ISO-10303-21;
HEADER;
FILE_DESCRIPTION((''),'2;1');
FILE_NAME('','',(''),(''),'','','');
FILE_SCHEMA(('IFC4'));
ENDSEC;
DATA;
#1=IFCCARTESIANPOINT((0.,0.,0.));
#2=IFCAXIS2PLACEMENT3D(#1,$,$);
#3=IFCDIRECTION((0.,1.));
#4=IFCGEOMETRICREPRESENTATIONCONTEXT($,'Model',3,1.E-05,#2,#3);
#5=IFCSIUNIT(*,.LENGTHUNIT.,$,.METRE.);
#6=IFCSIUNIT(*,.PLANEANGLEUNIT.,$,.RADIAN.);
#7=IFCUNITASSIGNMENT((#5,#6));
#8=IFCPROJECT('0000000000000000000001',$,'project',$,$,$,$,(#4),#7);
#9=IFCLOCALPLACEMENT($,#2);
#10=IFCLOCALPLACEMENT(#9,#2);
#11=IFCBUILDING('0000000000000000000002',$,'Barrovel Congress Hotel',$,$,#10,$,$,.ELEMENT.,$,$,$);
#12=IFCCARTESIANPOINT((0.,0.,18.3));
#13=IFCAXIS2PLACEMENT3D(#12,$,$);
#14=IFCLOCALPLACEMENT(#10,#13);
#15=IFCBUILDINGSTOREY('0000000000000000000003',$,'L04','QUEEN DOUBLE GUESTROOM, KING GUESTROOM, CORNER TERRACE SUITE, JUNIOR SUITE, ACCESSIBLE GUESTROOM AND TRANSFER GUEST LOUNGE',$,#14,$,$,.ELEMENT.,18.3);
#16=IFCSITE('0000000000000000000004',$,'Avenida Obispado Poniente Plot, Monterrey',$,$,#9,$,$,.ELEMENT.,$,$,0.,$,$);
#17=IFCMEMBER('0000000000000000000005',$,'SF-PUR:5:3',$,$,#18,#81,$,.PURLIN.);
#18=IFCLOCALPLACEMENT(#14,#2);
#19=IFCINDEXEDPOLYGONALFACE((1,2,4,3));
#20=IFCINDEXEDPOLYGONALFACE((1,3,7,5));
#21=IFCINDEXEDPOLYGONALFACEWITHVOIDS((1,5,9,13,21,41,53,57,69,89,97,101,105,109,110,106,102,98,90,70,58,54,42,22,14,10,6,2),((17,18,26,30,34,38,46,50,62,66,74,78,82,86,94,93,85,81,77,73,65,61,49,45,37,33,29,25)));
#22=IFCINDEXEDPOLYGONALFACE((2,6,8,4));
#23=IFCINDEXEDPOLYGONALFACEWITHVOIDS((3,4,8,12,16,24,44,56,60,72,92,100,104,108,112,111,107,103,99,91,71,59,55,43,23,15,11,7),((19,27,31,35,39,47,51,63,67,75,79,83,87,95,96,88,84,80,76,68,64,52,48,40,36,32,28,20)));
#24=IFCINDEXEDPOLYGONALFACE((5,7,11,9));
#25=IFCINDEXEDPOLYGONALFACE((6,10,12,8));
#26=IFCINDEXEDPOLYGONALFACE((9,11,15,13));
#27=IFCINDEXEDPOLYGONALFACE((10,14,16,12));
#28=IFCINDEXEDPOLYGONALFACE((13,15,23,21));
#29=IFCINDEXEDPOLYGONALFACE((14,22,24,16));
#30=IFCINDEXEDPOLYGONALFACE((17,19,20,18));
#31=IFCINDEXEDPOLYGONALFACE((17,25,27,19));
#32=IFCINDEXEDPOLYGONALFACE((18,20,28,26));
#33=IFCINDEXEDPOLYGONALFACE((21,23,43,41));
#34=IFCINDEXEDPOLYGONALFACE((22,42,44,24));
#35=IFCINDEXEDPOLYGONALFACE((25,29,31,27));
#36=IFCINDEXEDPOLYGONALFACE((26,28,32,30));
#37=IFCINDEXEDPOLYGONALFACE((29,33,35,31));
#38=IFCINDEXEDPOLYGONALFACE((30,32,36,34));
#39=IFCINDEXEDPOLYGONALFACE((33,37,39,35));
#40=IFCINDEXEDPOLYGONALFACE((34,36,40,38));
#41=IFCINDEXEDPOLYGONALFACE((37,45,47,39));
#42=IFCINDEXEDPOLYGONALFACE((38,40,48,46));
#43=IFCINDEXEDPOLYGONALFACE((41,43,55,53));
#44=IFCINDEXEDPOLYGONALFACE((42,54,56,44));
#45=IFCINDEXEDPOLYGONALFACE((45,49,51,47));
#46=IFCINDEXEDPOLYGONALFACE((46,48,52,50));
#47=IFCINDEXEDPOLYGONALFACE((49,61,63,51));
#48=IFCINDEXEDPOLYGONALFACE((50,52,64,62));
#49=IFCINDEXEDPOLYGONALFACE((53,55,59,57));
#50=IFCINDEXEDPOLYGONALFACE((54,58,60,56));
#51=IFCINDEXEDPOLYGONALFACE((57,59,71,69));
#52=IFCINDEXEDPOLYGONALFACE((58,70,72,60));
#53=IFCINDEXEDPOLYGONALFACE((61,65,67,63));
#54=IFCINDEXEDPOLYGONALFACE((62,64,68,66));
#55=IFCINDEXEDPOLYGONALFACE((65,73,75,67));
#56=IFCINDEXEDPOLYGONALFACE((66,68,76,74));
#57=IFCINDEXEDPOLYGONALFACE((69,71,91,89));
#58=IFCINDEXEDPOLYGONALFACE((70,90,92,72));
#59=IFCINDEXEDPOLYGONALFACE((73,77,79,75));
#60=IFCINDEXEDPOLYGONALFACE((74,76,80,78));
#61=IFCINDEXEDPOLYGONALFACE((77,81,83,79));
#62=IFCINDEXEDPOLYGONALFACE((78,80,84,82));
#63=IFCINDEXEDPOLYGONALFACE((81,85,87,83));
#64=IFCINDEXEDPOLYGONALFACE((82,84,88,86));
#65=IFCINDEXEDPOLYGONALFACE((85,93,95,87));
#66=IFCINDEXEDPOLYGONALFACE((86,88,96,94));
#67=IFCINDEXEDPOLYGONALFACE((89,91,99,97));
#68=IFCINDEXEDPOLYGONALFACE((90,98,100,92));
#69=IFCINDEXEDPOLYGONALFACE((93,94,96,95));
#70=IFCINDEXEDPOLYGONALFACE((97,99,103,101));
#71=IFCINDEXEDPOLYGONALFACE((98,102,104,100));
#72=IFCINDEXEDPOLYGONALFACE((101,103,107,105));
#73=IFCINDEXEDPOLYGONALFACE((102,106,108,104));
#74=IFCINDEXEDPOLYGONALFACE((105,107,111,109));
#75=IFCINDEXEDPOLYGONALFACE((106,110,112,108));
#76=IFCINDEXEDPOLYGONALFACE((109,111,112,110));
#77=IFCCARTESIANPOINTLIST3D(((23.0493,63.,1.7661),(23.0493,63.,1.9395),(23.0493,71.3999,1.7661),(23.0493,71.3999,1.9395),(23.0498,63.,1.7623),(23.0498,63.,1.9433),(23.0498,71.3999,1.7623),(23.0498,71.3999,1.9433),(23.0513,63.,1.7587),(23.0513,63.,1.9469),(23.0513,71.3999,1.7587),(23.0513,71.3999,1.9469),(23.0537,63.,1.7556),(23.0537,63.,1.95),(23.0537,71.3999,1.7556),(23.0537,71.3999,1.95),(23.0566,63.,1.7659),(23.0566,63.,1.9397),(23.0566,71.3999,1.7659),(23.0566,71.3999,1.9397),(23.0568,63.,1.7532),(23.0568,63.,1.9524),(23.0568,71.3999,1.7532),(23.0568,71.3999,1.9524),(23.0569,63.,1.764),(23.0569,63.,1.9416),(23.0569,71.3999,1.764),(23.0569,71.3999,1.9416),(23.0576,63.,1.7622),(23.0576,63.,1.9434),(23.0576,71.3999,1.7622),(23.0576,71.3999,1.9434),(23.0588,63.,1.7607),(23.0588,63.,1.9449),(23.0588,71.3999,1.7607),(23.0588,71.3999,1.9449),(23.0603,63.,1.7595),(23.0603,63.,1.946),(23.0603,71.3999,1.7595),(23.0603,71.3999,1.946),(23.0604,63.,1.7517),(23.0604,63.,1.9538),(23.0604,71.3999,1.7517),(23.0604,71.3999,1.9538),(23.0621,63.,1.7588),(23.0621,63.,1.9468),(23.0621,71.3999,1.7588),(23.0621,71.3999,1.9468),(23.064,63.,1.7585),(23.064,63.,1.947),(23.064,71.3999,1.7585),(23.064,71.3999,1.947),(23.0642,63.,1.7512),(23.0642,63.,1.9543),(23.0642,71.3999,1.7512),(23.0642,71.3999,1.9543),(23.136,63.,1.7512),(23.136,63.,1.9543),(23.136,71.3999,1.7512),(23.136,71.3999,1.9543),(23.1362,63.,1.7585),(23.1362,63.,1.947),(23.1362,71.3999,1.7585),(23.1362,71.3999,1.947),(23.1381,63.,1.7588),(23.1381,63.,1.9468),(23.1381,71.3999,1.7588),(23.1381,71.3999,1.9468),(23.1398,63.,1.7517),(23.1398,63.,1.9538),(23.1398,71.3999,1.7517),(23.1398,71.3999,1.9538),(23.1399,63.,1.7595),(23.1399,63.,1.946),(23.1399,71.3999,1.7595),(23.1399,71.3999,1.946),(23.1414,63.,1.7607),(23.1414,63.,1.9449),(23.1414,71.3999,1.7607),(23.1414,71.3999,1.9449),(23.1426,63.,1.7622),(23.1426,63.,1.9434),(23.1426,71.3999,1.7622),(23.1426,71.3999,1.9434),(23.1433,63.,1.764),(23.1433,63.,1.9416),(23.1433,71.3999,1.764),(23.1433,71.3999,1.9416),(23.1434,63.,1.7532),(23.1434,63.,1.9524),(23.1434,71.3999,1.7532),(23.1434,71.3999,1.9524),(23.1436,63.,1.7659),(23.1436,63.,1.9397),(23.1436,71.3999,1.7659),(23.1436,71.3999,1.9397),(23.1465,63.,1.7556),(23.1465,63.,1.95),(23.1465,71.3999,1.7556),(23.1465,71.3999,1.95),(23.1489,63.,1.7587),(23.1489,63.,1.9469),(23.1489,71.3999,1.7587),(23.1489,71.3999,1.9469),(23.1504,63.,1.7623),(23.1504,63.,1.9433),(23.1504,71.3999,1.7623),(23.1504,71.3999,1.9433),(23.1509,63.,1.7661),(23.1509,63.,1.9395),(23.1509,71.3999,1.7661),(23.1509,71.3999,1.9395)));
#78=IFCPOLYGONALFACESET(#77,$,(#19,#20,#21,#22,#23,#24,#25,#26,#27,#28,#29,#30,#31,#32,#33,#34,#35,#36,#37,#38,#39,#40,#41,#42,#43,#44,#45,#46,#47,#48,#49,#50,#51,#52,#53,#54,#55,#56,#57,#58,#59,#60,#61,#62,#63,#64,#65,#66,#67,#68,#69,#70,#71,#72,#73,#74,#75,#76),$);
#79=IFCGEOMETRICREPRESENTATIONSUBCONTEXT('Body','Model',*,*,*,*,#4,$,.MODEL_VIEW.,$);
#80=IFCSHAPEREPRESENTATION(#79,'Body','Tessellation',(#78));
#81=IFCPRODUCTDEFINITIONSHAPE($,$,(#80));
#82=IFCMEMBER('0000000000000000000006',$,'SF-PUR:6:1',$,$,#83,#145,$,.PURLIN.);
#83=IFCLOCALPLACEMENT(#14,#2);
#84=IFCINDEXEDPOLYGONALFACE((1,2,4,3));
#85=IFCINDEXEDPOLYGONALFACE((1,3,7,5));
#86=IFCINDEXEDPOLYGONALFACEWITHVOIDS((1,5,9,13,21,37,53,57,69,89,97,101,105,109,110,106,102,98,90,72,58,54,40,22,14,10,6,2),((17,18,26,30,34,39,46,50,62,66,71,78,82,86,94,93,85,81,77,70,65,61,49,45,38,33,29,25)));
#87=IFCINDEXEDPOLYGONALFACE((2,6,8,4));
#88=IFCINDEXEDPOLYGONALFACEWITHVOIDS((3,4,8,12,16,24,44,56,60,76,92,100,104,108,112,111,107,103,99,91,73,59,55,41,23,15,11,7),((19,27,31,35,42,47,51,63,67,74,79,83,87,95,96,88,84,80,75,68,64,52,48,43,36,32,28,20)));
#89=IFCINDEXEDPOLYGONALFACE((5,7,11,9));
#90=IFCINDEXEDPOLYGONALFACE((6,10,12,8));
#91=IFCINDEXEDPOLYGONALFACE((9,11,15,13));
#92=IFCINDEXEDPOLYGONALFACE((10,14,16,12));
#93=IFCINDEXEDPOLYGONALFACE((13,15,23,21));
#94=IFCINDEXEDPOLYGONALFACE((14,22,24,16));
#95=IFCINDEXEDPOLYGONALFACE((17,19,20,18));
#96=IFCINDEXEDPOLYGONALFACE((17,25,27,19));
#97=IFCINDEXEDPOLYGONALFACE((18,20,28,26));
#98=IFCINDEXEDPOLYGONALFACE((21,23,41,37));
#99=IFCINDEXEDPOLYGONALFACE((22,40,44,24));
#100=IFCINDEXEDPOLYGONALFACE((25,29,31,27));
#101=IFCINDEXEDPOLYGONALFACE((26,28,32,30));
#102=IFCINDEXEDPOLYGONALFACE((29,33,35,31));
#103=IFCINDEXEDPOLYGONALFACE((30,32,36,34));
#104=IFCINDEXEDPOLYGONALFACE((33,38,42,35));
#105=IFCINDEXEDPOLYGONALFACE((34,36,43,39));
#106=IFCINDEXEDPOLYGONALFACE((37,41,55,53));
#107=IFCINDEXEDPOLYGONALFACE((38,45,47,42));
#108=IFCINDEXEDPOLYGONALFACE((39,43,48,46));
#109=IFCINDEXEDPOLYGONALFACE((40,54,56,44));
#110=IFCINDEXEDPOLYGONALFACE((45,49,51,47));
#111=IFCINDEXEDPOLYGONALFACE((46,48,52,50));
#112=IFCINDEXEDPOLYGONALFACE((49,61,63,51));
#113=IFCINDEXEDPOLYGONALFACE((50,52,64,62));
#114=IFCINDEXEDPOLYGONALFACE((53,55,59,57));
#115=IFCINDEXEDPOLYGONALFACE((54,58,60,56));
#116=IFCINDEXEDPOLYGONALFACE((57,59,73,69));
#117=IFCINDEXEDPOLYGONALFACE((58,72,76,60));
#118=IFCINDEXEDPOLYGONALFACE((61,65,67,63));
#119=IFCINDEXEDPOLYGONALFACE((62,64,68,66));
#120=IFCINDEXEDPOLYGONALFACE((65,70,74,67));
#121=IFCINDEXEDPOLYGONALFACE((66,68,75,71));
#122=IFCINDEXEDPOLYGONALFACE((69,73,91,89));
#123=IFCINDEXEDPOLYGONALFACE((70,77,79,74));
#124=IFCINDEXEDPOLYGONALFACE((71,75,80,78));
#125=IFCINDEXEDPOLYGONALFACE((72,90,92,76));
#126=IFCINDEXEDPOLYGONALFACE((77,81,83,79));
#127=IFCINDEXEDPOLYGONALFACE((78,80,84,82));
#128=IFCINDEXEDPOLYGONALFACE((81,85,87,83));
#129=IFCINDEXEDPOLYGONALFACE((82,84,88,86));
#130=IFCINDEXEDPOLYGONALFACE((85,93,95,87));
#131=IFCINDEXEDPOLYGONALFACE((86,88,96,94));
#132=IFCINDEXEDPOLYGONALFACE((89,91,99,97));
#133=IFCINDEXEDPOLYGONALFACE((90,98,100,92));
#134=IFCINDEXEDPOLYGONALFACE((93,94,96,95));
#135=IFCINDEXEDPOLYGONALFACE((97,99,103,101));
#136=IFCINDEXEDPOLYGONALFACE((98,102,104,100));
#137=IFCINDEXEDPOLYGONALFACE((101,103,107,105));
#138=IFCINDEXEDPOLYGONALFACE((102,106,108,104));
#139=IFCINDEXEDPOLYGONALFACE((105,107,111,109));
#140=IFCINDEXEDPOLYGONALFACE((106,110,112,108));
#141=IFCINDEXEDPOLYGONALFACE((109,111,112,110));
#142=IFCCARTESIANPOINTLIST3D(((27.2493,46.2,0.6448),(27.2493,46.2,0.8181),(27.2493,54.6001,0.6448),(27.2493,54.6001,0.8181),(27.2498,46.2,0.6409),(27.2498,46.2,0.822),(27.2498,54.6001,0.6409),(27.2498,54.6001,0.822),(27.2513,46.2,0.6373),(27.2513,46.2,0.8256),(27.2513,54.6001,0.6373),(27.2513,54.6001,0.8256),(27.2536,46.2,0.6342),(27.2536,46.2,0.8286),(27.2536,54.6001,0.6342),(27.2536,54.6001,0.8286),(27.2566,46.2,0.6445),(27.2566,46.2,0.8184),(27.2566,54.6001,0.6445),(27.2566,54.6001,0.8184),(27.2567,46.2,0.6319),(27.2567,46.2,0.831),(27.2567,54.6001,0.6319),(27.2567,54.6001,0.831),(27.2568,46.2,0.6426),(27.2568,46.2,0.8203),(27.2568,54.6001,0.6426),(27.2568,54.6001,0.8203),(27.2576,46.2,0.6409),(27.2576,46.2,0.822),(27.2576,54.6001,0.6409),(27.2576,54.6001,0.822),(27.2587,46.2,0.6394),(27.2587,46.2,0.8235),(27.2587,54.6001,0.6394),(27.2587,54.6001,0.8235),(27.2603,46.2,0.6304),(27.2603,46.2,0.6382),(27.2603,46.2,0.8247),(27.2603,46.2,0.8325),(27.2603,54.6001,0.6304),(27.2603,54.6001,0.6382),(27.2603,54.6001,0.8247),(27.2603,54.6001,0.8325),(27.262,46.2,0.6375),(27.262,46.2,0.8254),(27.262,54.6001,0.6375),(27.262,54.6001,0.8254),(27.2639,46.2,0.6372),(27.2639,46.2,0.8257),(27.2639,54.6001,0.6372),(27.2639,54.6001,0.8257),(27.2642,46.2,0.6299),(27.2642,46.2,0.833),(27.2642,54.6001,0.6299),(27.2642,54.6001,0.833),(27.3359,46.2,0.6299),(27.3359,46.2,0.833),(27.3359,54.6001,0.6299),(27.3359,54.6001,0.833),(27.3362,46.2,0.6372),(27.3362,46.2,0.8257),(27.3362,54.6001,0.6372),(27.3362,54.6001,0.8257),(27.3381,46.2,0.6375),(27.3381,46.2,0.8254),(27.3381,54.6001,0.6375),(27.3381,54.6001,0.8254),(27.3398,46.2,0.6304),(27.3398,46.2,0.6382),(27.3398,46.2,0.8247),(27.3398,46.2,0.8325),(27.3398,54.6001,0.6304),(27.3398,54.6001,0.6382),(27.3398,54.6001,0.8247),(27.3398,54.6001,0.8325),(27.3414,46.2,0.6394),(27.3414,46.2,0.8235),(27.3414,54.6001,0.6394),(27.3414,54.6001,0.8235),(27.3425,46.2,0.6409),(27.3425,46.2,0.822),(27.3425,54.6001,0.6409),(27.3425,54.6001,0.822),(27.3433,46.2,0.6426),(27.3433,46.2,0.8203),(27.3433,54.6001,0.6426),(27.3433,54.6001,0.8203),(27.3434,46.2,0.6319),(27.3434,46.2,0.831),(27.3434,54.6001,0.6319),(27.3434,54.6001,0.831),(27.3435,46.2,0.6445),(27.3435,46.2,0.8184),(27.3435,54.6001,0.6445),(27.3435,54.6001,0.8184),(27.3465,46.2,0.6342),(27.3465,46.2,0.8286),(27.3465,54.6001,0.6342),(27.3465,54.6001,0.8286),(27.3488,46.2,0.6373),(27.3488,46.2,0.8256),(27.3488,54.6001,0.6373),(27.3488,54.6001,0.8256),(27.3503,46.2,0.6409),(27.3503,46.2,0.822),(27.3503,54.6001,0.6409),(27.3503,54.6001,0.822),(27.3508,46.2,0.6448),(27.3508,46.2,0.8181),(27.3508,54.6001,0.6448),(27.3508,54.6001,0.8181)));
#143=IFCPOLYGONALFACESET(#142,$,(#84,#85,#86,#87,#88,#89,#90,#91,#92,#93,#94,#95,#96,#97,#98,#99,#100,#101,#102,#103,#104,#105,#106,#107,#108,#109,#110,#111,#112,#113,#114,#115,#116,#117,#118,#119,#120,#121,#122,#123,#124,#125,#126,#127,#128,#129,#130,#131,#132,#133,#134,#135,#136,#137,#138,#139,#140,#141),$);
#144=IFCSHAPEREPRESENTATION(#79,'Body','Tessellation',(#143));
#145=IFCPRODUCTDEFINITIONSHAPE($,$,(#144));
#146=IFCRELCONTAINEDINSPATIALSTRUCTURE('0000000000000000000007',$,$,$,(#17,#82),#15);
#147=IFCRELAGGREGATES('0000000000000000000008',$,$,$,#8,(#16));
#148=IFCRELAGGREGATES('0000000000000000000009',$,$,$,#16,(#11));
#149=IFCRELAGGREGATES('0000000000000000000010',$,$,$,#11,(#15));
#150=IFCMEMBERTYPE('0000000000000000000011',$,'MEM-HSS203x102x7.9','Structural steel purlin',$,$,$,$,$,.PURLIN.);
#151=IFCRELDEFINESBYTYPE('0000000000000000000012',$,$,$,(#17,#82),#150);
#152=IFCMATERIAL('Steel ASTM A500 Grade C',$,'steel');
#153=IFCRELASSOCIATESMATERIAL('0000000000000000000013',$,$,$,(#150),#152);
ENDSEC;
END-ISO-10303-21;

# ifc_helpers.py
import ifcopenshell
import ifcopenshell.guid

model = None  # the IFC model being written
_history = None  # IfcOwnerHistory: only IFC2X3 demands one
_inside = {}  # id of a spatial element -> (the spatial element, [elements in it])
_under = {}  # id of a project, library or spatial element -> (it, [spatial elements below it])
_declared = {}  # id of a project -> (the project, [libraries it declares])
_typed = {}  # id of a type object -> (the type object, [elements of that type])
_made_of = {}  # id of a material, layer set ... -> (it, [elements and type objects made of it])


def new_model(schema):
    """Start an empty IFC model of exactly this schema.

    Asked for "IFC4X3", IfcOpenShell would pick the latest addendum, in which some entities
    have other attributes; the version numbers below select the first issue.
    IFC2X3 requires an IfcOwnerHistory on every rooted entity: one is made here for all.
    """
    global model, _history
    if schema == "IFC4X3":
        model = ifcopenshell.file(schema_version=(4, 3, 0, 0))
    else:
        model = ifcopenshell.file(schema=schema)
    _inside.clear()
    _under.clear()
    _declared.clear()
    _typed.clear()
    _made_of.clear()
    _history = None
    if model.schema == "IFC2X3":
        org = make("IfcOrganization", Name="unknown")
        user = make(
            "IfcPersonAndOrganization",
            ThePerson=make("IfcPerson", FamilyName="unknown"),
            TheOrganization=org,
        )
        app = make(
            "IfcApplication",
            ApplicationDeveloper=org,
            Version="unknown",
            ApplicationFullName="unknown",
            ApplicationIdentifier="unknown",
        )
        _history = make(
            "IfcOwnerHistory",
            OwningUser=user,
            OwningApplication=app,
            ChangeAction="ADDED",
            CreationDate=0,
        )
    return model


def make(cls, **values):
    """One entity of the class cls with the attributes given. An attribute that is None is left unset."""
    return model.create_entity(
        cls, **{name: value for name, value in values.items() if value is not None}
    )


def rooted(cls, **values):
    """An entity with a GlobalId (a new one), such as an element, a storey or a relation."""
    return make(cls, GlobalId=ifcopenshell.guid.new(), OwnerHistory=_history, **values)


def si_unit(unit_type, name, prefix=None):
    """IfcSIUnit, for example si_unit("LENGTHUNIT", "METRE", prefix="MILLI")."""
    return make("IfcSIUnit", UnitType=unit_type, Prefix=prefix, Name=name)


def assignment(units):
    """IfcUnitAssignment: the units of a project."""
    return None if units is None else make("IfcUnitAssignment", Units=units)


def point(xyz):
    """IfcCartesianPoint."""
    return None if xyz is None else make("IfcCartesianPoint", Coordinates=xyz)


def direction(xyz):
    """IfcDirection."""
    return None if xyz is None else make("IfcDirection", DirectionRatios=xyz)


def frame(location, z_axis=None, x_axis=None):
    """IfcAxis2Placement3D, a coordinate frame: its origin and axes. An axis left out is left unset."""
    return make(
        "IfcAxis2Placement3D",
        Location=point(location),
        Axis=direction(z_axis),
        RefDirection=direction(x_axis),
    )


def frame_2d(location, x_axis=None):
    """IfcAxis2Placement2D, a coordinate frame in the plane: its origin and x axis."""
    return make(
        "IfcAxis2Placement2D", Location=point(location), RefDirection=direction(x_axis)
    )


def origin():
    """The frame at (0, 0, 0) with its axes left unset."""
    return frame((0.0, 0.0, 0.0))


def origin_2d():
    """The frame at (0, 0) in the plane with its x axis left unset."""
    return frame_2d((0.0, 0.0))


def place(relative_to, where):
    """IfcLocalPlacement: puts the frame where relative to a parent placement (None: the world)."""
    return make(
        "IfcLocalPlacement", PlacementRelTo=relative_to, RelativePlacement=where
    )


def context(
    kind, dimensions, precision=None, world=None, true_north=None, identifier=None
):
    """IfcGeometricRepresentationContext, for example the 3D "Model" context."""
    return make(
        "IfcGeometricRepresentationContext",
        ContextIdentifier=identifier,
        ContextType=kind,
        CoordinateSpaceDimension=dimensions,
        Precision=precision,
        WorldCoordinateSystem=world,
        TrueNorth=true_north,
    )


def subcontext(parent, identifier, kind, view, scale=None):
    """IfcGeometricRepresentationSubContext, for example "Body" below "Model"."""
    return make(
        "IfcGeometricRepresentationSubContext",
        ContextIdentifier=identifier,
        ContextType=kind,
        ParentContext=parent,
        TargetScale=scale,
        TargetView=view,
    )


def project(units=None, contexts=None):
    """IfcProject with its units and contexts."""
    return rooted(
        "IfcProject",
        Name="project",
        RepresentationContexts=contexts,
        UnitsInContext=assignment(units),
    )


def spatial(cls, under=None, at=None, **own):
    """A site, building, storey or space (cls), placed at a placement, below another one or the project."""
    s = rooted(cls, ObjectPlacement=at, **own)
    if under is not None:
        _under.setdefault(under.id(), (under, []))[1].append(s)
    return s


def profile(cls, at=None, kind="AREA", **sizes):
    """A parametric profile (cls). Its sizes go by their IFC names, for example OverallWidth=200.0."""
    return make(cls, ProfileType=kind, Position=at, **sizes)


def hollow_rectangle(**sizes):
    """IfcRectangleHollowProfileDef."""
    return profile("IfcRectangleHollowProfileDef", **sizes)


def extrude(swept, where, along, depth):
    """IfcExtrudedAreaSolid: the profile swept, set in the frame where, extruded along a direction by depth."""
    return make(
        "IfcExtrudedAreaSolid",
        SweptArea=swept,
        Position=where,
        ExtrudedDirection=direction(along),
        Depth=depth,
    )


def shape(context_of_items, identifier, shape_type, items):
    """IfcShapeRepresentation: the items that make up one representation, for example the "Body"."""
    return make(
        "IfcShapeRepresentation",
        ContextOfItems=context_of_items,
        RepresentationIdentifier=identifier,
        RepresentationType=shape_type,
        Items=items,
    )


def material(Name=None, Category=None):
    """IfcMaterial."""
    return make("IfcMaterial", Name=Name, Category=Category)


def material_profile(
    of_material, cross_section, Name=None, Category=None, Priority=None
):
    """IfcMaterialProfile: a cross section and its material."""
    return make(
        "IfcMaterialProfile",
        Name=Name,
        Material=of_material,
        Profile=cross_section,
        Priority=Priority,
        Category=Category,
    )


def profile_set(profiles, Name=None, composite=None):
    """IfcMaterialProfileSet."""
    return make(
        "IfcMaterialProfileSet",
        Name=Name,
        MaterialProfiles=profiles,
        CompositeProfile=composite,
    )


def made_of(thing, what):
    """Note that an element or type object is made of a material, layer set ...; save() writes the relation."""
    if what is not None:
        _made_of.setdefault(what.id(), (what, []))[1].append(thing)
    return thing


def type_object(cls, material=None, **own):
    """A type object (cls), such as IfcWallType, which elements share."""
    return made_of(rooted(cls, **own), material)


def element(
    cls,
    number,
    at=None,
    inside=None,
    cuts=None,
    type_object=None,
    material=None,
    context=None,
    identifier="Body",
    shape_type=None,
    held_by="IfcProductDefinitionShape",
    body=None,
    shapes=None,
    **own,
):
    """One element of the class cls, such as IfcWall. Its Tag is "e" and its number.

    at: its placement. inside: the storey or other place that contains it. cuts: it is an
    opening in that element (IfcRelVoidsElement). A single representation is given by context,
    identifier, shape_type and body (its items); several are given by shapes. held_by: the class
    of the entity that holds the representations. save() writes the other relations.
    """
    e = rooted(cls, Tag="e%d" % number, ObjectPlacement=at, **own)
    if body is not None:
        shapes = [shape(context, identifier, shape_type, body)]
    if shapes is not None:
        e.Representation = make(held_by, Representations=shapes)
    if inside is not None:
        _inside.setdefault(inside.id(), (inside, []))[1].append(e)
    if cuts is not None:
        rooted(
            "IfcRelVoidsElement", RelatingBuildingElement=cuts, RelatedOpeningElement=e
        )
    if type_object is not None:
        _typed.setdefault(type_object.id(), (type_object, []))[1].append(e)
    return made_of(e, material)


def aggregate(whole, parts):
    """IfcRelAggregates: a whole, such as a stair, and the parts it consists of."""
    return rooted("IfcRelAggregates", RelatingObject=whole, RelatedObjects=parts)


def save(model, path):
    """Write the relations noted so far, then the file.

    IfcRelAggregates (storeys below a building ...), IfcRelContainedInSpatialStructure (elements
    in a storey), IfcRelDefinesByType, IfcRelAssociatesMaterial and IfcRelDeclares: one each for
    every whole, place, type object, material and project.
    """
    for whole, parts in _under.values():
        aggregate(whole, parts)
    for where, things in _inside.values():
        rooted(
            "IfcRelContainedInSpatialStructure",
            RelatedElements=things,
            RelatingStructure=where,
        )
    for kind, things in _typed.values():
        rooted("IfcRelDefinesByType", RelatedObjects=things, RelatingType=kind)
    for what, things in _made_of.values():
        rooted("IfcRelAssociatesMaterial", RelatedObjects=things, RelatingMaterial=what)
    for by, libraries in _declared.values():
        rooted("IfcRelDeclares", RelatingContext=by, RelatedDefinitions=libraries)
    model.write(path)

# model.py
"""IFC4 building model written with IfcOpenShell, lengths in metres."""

from ifc_helpers import new_model, si_unit, direction, frame, origin, origin_2d, place, context, subcontext, project, spatial, hollow_rectangle, extrude, material, material_profile, profile_set, type_object, element, save


model = new_model("IFC4")

# Units and contexts
model_context = context("Model", 3, precision=1e-05, world=origin(), true_north=direction((0.0, 1.0)))
body_context = subcontext(model_context, "Body", "Model", "MODEL_VIEW")
ifc_project = project(units=[si_unit("LENGTHUNIT", "METRE"), si_unit("PLANEANGLEUNIT", "RADIAN")], contexts=[model_context])

# Site, building, storey
site_placement = place(None, origin())
site = spatial("IfcSite", under=ifc_project, at=site_placement, Name="Avenida Obispado Poniente Plot, Monterrey", CompositionType="ELEMENT", RefElevation=0.0)
building_placement = place(site_placement, origin())
building = spatial("IfcBuilding", under=site, at=building_placement, Name="Barrovel Congress Hotel", CompositionType="ELEMENT")
storey_placement = place(building_placement, frame((0.0, 0.0, 18.3)))
storey = spatial("IfcBuildingStorey", under=building, at=storey_placement, Name="L04", Description="QUEEN DOUBLE GUESTROOM, KING GUESTROOM, CORNER TERRACE SUITE, JUNIOR SUITE, ACCESSIBLE GUESTROOM AND TRANSFER GUEST LOUNGE", CompositionType="ELEMENT", Elevation=18.3)

# Members
ifc_material_1 = material(Name="Steel ASTM A500 Grade C", Category="steel")
ifc_material_profile_1 = material_profile(ifc_material_1, hollow_rectangle(XDim=0.1016, YDim=0.2031, WallThickness=0.0073, InnerFilletRadius=0.0073, OuterFilletRadius=0.0149, at=origin_2d()), Name="HSS203x102x7.9")
ifc_profile_set_1 = profile_set([ifc_material_profile_1], Name="Steel ASTM A500 Grade C")
member_type = type_object("IfcMemberType", Name="MEM-HSS203x102x7.9", Description="Structural steel purlin", PredefinedType="PURLIN", material=ifc_profile_set_1)
for number, where, z_axis, x_axis, name in (
    (1, (23.1001, 63.0, 1.8528), (0.0, 1.0, 0.0), (-1.0, 0.0, 0.0), "SF-PUR:5:3"),
):
    element("IfcMember", number, at=place(storey_placement, frame(where, z_axis=z_axis, x_axis=x_axis)), inside=storey, type_object=member_type, Name=name, PredefinedType="PURLIN", context=body_context, shape_type="SweptSolid", body=[
        extrude(hollow_rectangle(XDim=0.1016, YDim=0.2031, WallThickness=0.0073, InnerFilletRadius=0.0073, OuterFilletRadius=0.0149, at=origin_2d()), origin(), (0.0, 0.0, 1.0), 8.3999),
    ])
member_1_placement = place(storey_placement, frame((27.3, 46.2, 0.7314), z_axis=(0.0, 1.0, 0.0), x_axis=(-1.0, 0.0, 0.0)))
element("IfcMember", 2, at=member_1_placement, inside=storey, type_object=member_type, Name="SF-PUR:6:1", PredefinedType="PURLIN", context=body_context, shape_type="SweptSolid", body=[
    extrude(hollow_rectangle(XDim=0.1016, YDim=0.2031, WallThickness=0.0073, InnerFilletRadius=0.0073, OuterFilletRadius=0.0149, at=origin_2d()), origin(), (0.0, 0.0, 1.0), 8.4001),
])

save(model, "model.ifc")
